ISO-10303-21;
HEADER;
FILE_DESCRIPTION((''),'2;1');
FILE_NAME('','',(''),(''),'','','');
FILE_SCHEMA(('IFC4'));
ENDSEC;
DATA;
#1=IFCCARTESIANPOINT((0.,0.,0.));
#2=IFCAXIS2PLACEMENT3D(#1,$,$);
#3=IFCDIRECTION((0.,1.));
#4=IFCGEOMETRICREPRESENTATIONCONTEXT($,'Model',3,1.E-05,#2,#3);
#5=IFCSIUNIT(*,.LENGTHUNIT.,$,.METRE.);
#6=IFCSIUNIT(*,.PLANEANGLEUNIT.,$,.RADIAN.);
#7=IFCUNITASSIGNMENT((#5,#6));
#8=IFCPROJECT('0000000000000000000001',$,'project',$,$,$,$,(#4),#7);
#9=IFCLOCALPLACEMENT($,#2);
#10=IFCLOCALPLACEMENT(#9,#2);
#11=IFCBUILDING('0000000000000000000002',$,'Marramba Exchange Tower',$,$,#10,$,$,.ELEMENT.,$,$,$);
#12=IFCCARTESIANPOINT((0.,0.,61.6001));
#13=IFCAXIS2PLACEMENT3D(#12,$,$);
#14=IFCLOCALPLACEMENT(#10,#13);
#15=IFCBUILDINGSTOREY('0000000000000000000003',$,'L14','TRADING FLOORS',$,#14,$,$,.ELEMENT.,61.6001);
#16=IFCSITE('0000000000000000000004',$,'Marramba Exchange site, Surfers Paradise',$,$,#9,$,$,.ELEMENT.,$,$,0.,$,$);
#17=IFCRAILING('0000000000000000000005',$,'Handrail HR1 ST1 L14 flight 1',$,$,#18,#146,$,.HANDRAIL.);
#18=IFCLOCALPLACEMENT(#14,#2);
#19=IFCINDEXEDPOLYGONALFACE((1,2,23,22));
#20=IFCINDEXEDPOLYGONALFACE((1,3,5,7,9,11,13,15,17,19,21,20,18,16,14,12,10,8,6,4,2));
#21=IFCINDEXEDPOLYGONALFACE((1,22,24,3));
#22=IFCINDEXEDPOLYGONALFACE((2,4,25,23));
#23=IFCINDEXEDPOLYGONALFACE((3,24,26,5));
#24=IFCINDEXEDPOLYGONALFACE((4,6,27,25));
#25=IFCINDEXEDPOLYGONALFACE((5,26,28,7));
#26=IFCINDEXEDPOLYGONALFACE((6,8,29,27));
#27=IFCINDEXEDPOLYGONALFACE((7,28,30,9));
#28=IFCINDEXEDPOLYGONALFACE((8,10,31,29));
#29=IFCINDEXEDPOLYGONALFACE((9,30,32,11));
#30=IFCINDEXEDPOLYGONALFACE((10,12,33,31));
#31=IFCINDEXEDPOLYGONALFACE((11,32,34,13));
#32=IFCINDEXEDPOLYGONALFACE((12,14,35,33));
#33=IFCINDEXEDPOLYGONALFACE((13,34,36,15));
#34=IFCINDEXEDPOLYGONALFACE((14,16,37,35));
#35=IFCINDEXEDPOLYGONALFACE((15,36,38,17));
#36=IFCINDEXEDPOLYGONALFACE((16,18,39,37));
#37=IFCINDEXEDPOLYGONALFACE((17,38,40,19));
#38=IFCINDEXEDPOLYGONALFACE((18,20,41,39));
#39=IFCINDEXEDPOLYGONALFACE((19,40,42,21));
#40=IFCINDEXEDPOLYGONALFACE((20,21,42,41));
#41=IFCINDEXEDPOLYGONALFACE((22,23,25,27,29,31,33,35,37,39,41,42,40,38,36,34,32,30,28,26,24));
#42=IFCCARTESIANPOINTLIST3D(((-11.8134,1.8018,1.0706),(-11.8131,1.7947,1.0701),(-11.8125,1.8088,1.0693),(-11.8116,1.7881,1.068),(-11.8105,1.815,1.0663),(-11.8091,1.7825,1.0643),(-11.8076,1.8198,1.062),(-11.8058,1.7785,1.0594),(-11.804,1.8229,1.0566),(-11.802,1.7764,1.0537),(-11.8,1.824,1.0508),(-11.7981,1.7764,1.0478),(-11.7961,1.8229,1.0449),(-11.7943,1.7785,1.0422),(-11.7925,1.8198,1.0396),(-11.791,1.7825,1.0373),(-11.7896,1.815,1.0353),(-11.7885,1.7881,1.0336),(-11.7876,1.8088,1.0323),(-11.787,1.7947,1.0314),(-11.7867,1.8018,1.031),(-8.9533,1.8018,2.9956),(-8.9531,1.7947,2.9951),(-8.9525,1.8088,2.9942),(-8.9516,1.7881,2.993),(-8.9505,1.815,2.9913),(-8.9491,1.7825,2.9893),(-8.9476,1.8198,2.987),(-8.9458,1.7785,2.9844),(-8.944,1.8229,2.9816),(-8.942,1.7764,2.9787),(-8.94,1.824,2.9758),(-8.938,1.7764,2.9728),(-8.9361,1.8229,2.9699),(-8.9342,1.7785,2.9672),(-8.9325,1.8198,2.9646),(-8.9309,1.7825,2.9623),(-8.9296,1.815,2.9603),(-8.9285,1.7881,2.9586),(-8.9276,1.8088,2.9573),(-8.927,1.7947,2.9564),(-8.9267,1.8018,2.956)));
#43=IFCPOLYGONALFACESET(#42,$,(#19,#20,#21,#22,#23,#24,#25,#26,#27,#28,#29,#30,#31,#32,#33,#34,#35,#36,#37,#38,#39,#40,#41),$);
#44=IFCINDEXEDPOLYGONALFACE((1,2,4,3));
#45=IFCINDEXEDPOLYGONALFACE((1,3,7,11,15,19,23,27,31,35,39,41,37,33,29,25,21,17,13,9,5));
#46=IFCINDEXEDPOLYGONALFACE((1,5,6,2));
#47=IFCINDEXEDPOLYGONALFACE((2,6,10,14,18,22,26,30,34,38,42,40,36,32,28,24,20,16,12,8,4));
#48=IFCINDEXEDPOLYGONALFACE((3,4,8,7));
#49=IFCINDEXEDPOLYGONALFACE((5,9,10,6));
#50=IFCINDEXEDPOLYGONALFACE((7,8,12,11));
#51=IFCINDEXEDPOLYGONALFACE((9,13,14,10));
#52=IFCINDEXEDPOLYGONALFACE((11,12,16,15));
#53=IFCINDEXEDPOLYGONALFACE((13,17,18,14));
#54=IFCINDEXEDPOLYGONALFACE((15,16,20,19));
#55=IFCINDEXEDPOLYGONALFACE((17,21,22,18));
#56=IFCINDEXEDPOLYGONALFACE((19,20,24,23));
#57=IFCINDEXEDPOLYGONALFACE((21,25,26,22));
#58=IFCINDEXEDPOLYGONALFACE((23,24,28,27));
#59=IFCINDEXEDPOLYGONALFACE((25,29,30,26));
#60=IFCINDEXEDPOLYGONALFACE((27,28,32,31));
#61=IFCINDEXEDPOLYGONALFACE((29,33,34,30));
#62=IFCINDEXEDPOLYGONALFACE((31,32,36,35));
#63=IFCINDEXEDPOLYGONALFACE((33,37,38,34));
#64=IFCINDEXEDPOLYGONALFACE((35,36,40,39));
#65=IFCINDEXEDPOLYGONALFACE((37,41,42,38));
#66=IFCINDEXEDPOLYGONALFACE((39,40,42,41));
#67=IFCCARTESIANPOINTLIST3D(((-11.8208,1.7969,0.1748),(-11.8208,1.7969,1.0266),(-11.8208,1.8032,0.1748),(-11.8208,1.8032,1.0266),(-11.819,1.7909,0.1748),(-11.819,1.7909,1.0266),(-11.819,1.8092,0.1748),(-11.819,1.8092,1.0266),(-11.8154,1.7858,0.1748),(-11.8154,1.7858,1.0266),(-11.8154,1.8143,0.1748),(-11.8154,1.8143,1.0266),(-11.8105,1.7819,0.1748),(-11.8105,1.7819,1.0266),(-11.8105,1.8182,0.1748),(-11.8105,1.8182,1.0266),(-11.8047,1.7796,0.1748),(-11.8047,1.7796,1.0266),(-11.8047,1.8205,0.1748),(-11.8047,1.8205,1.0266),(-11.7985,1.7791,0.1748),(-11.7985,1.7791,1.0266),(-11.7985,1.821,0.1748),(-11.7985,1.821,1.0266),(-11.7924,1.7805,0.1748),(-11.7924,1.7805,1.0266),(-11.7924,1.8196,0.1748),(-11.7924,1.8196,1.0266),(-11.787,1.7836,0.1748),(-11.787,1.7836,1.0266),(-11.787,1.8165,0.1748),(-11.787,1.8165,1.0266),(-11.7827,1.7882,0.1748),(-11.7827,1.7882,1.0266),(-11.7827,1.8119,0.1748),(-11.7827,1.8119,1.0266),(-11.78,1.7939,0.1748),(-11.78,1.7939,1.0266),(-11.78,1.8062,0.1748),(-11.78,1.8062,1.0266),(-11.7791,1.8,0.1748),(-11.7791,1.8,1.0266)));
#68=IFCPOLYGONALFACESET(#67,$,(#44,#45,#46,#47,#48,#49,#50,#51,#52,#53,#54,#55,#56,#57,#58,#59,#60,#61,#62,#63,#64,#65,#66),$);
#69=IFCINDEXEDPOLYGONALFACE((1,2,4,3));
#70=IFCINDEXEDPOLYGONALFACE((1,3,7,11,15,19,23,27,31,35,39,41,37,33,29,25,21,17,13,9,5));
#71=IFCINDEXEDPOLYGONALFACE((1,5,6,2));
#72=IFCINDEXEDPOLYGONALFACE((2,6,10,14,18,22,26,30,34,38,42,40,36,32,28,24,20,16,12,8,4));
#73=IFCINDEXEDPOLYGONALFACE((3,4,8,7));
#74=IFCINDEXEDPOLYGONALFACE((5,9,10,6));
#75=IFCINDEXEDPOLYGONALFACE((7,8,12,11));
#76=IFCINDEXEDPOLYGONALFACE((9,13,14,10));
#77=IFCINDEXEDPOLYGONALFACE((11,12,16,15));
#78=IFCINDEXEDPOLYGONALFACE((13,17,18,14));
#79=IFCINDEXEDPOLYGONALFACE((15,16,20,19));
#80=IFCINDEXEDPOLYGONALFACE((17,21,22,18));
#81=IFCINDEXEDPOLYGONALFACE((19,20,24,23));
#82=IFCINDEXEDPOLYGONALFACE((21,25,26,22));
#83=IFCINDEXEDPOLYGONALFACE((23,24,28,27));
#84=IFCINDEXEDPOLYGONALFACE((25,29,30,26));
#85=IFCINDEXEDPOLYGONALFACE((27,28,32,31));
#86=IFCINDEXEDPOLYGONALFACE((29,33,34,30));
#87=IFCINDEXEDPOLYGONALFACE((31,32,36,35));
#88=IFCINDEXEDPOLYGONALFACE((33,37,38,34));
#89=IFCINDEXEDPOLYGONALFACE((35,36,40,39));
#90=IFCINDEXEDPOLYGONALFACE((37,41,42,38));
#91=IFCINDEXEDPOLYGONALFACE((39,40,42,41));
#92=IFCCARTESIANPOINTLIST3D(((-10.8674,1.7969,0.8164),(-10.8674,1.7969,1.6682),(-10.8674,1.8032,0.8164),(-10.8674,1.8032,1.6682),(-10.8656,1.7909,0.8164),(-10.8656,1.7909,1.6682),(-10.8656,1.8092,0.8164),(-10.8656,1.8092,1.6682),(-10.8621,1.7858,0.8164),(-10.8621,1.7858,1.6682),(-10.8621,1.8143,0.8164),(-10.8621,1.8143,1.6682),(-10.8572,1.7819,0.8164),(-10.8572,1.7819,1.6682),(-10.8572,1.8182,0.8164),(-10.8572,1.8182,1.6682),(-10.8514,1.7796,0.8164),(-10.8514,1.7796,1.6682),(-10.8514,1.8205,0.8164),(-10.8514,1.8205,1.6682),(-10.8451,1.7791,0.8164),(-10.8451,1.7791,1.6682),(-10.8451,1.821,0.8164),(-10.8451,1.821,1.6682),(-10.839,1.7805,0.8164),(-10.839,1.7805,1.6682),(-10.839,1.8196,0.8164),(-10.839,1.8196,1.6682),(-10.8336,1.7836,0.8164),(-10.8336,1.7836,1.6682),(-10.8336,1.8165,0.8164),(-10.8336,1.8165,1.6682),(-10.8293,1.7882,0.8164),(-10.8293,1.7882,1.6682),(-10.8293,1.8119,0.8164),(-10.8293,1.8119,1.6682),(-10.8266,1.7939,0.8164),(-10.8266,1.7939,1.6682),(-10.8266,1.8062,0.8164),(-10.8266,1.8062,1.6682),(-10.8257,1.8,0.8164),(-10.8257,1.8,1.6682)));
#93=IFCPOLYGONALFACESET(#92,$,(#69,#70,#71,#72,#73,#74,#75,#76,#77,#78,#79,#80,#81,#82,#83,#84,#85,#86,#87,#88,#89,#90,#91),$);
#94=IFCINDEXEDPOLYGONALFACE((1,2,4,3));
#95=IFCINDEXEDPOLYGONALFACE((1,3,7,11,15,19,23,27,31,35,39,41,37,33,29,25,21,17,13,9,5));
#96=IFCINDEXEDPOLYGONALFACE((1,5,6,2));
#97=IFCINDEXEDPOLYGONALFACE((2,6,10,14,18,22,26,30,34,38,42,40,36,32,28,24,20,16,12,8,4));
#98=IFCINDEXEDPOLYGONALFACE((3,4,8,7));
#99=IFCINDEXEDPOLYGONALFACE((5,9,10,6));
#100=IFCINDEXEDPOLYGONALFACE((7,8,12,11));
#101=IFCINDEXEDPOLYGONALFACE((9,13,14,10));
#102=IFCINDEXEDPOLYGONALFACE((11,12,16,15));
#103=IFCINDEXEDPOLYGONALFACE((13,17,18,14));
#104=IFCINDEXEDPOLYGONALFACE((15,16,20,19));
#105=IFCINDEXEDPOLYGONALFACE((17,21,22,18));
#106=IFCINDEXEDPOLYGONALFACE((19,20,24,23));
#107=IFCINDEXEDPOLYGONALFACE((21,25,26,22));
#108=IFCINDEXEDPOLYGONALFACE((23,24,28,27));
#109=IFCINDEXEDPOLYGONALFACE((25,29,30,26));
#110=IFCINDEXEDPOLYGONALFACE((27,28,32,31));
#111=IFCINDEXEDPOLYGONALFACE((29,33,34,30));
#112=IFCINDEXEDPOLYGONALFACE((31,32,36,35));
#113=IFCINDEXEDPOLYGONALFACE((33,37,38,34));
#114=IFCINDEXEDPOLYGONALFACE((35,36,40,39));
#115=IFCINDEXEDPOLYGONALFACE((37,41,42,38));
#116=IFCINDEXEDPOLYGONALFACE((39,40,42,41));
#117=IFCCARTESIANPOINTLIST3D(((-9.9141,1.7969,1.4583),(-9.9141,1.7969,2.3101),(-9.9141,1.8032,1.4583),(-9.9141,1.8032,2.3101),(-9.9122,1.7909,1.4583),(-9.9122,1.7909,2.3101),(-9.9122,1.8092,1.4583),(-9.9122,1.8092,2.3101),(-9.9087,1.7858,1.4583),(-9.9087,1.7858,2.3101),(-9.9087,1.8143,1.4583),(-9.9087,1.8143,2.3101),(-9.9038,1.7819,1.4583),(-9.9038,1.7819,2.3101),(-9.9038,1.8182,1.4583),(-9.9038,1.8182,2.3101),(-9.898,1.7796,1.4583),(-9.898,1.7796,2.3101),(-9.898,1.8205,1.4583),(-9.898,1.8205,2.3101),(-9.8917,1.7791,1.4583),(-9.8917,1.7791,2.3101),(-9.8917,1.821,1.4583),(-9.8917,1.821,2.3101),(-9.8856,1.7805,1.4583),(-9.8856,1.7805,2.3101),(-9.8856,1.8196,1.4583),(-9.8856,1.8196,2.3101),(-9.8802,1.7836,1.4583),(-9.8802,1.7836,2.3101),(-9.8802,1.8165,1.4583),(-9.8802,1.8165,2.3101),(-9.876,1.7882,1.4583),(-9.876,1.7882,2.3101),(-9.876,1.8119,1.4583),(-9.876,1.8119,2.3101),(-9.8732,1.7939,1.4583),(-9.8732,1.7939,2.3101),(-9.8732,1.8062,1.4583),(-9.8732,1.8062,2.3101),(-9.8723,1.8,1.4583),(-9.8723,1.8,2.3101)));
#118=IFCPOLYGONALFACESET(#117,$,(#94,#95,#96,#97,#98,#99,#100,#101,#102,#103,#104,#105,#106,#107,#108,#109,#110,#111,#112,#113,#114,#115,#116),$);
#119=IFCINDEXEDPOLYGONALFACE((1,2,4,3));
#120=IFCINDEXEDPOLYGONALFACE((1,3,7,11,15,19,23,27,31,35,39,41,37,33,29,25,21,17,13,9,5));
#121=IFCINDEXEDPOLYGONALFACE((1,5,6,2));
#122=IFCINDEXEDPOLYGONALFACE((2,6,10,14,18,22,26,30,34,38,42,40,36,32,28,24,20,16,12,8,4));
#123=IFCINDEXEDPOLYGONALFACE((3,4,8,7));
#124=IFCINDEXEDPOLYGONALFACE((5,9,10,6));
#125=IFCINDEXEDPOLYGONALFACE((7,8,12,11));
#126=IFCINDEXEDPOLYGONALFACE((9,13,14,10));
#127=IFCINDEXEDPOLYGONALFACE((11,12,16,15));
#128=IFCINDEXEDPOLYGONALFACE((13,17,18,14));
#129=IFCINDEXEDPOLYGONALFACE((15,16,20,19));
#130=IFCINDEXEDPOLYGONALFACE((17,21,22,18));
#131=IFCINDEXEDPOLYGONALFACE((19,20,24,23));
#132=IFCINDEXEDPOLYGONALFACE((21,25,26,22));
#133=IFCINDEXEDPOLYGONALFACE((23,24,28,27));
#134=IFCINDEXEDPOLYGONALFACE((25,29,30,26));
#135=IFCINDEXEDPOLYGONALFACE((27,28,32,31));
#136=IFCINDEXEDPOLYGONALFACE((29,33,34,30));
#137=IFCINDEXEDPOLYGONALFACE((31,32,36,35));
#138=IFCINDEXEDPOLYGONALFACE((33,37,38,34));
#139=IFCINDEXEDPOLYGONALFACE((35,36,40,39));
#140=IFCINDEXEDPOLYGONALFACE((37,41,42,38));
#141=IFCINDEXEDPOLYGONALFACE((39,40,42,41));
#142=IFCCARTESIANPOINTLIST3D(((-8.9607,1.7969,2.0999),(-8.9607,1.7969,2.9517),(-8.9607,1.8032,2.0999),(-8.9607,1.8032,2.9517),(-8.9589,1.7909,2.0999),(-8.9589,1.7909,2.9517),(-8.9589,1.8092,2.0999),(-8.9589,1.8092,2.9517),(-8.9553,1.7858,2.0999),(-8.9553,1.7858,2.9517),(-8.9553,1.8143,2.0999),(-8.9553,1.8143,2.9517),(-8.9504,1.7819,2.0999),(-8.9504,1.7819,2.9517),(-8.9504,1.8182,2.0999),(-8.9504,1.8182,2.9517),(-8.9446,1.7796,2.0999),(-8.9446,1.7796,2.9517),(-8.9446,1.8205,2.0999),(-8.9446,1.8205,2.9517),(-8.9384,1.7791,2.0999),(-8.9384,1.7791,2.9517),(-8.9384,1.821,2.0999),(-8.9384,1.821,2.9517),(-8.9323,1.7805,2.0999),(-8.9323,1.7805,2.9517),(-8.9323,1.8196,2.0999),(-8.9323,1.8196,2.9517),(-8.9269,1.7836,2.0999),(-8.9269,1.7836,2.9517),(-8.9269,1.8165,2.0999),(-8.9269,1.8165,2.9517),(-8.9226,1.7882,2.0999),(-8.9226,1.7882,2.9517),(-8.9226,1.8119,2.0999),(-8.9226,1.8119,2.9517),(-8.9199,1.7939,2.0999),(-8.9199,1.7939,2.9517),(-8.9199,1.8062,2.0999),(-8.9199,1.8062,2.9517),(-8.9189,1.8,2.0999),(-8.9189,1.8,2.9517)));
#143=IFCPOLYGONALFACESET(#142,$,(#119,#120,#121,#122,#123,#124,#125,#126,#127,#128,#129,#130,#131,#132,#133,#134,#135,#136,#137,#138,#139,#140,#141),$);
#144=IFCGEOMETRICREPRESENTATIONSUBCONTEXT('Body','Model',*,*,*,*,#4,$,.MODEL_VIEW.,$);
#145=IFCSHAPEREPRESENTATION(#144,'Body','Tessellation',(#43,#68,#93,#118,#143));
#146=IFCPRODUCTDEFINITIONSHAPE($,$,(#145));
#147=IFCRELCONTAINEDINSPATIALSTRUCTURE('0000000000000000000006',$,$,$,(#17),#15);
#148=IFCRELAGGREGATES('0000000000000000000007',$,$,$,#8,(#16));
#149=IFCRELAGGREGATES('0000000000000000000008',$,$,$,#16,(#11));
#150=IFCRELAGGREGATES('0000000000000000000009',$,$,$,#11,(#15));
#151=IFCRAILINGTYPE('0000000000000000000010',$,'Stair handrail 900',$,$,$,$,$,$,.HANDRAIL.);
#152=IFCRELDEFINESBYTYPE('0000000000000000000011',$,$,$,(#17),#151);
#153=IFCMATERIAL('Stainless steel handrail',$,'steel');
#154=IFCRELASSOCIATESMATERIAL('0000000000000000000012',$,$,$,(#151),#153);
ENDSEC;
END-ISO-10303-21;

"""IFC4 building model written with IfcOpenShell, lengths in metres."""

from ifc_helpers import new_model, si_unit, direction, frame, origin, origin_2d, place, context, subcontext, project, spatial, circle, extrude, material, type_object, element, save


model = new_model("IFC4")

# Units and contexts
model_context = context("Model", 3, precision=1e-05, world=origin(), true_north=direction((0.0, 1.0)))
body_context = subcontext(model_context, "Body", "Model", "MODEL_VIEW")
ifc_project = project(units=[si_unit("LENGTHUNIT", "METRE"), si_unit("PLANEANGLEUNIT", "RADIAN")], contexts=[model_context])

# Site, building, storey
site_placement = place(None, origin())
site = spatial("IfcSite", under=ifc_project, at=site_placement, Name="Marramba Exchange site, Surfers Paradise", CompositionType="ELEMENT", RefElevation=0.0)
building_placement = place(site_placement, origin())
building = spatial("IfcBuilding", under=site, at=building_placement, Name="Marramba Exchange Tower", CompositionType="ELEMENT")
storey_placement = place(building_placement, frame((0.0, 0.0, 61.6001)))
storey = spatial("IfcBuildingStorey", under=building, at=storey_placement, Name="L14", Description="TRADING FLOORS", CompositionType="ELEMENT", Elevation=61.6001)

# Railing
ifc_material_1 = material(Name="Stainless steel handrail", Category="steel")
railing_type = type_object("IfcRailingType", Name="Stair handrail 900", PredefinedType="HANDRAIL", material=ifc_material_1)
railing_1_placement = place(storey_placement, frame((-11.8, 1.8, 0.1748)))
element("IfcRailing", 1, at=railing_1_placement, inside=storey, type_object=railing_type, Name="Handrail HR1 ST1 L14 flight 1", PredefinedType="HANDRAIL", context=body_context, shape_type="SweptSolid", body=[
    extrude(circle(Radius=0.0239, at=origin_2d()), frame((0.0, 0.0, 0.876), z_axis=(0.829591, 0.0, 0.558372), x_axis=(0.0, 1.0, 0.0)), (0.0, 0.0, 1.0), 3.4475),
    extrude(circle(Radius=0.021, at=origin_2d()), origin(), (0.0, 0.0, 1.0), 0.8518),
    extrude(circle(Radius=0.021, at=origin_2d()), frame((0.9534, 0.0, 0.6416)), (0.0, 0.0, 1.0), 0.8518),
    extrude(circle(Radius=0.021, at=origin_2d()), frame((1.9067, 0.0, 1.2834)), (0.0, 0.0, 1.0), 0.8518),
    extrude(circle(Radius=0.021, at=origin_2d()), frame((2.8601, 0.0, 1.925)), (0.0, 0.0, 1.0), 0.8518),
])

save(model, "model.ifc")
